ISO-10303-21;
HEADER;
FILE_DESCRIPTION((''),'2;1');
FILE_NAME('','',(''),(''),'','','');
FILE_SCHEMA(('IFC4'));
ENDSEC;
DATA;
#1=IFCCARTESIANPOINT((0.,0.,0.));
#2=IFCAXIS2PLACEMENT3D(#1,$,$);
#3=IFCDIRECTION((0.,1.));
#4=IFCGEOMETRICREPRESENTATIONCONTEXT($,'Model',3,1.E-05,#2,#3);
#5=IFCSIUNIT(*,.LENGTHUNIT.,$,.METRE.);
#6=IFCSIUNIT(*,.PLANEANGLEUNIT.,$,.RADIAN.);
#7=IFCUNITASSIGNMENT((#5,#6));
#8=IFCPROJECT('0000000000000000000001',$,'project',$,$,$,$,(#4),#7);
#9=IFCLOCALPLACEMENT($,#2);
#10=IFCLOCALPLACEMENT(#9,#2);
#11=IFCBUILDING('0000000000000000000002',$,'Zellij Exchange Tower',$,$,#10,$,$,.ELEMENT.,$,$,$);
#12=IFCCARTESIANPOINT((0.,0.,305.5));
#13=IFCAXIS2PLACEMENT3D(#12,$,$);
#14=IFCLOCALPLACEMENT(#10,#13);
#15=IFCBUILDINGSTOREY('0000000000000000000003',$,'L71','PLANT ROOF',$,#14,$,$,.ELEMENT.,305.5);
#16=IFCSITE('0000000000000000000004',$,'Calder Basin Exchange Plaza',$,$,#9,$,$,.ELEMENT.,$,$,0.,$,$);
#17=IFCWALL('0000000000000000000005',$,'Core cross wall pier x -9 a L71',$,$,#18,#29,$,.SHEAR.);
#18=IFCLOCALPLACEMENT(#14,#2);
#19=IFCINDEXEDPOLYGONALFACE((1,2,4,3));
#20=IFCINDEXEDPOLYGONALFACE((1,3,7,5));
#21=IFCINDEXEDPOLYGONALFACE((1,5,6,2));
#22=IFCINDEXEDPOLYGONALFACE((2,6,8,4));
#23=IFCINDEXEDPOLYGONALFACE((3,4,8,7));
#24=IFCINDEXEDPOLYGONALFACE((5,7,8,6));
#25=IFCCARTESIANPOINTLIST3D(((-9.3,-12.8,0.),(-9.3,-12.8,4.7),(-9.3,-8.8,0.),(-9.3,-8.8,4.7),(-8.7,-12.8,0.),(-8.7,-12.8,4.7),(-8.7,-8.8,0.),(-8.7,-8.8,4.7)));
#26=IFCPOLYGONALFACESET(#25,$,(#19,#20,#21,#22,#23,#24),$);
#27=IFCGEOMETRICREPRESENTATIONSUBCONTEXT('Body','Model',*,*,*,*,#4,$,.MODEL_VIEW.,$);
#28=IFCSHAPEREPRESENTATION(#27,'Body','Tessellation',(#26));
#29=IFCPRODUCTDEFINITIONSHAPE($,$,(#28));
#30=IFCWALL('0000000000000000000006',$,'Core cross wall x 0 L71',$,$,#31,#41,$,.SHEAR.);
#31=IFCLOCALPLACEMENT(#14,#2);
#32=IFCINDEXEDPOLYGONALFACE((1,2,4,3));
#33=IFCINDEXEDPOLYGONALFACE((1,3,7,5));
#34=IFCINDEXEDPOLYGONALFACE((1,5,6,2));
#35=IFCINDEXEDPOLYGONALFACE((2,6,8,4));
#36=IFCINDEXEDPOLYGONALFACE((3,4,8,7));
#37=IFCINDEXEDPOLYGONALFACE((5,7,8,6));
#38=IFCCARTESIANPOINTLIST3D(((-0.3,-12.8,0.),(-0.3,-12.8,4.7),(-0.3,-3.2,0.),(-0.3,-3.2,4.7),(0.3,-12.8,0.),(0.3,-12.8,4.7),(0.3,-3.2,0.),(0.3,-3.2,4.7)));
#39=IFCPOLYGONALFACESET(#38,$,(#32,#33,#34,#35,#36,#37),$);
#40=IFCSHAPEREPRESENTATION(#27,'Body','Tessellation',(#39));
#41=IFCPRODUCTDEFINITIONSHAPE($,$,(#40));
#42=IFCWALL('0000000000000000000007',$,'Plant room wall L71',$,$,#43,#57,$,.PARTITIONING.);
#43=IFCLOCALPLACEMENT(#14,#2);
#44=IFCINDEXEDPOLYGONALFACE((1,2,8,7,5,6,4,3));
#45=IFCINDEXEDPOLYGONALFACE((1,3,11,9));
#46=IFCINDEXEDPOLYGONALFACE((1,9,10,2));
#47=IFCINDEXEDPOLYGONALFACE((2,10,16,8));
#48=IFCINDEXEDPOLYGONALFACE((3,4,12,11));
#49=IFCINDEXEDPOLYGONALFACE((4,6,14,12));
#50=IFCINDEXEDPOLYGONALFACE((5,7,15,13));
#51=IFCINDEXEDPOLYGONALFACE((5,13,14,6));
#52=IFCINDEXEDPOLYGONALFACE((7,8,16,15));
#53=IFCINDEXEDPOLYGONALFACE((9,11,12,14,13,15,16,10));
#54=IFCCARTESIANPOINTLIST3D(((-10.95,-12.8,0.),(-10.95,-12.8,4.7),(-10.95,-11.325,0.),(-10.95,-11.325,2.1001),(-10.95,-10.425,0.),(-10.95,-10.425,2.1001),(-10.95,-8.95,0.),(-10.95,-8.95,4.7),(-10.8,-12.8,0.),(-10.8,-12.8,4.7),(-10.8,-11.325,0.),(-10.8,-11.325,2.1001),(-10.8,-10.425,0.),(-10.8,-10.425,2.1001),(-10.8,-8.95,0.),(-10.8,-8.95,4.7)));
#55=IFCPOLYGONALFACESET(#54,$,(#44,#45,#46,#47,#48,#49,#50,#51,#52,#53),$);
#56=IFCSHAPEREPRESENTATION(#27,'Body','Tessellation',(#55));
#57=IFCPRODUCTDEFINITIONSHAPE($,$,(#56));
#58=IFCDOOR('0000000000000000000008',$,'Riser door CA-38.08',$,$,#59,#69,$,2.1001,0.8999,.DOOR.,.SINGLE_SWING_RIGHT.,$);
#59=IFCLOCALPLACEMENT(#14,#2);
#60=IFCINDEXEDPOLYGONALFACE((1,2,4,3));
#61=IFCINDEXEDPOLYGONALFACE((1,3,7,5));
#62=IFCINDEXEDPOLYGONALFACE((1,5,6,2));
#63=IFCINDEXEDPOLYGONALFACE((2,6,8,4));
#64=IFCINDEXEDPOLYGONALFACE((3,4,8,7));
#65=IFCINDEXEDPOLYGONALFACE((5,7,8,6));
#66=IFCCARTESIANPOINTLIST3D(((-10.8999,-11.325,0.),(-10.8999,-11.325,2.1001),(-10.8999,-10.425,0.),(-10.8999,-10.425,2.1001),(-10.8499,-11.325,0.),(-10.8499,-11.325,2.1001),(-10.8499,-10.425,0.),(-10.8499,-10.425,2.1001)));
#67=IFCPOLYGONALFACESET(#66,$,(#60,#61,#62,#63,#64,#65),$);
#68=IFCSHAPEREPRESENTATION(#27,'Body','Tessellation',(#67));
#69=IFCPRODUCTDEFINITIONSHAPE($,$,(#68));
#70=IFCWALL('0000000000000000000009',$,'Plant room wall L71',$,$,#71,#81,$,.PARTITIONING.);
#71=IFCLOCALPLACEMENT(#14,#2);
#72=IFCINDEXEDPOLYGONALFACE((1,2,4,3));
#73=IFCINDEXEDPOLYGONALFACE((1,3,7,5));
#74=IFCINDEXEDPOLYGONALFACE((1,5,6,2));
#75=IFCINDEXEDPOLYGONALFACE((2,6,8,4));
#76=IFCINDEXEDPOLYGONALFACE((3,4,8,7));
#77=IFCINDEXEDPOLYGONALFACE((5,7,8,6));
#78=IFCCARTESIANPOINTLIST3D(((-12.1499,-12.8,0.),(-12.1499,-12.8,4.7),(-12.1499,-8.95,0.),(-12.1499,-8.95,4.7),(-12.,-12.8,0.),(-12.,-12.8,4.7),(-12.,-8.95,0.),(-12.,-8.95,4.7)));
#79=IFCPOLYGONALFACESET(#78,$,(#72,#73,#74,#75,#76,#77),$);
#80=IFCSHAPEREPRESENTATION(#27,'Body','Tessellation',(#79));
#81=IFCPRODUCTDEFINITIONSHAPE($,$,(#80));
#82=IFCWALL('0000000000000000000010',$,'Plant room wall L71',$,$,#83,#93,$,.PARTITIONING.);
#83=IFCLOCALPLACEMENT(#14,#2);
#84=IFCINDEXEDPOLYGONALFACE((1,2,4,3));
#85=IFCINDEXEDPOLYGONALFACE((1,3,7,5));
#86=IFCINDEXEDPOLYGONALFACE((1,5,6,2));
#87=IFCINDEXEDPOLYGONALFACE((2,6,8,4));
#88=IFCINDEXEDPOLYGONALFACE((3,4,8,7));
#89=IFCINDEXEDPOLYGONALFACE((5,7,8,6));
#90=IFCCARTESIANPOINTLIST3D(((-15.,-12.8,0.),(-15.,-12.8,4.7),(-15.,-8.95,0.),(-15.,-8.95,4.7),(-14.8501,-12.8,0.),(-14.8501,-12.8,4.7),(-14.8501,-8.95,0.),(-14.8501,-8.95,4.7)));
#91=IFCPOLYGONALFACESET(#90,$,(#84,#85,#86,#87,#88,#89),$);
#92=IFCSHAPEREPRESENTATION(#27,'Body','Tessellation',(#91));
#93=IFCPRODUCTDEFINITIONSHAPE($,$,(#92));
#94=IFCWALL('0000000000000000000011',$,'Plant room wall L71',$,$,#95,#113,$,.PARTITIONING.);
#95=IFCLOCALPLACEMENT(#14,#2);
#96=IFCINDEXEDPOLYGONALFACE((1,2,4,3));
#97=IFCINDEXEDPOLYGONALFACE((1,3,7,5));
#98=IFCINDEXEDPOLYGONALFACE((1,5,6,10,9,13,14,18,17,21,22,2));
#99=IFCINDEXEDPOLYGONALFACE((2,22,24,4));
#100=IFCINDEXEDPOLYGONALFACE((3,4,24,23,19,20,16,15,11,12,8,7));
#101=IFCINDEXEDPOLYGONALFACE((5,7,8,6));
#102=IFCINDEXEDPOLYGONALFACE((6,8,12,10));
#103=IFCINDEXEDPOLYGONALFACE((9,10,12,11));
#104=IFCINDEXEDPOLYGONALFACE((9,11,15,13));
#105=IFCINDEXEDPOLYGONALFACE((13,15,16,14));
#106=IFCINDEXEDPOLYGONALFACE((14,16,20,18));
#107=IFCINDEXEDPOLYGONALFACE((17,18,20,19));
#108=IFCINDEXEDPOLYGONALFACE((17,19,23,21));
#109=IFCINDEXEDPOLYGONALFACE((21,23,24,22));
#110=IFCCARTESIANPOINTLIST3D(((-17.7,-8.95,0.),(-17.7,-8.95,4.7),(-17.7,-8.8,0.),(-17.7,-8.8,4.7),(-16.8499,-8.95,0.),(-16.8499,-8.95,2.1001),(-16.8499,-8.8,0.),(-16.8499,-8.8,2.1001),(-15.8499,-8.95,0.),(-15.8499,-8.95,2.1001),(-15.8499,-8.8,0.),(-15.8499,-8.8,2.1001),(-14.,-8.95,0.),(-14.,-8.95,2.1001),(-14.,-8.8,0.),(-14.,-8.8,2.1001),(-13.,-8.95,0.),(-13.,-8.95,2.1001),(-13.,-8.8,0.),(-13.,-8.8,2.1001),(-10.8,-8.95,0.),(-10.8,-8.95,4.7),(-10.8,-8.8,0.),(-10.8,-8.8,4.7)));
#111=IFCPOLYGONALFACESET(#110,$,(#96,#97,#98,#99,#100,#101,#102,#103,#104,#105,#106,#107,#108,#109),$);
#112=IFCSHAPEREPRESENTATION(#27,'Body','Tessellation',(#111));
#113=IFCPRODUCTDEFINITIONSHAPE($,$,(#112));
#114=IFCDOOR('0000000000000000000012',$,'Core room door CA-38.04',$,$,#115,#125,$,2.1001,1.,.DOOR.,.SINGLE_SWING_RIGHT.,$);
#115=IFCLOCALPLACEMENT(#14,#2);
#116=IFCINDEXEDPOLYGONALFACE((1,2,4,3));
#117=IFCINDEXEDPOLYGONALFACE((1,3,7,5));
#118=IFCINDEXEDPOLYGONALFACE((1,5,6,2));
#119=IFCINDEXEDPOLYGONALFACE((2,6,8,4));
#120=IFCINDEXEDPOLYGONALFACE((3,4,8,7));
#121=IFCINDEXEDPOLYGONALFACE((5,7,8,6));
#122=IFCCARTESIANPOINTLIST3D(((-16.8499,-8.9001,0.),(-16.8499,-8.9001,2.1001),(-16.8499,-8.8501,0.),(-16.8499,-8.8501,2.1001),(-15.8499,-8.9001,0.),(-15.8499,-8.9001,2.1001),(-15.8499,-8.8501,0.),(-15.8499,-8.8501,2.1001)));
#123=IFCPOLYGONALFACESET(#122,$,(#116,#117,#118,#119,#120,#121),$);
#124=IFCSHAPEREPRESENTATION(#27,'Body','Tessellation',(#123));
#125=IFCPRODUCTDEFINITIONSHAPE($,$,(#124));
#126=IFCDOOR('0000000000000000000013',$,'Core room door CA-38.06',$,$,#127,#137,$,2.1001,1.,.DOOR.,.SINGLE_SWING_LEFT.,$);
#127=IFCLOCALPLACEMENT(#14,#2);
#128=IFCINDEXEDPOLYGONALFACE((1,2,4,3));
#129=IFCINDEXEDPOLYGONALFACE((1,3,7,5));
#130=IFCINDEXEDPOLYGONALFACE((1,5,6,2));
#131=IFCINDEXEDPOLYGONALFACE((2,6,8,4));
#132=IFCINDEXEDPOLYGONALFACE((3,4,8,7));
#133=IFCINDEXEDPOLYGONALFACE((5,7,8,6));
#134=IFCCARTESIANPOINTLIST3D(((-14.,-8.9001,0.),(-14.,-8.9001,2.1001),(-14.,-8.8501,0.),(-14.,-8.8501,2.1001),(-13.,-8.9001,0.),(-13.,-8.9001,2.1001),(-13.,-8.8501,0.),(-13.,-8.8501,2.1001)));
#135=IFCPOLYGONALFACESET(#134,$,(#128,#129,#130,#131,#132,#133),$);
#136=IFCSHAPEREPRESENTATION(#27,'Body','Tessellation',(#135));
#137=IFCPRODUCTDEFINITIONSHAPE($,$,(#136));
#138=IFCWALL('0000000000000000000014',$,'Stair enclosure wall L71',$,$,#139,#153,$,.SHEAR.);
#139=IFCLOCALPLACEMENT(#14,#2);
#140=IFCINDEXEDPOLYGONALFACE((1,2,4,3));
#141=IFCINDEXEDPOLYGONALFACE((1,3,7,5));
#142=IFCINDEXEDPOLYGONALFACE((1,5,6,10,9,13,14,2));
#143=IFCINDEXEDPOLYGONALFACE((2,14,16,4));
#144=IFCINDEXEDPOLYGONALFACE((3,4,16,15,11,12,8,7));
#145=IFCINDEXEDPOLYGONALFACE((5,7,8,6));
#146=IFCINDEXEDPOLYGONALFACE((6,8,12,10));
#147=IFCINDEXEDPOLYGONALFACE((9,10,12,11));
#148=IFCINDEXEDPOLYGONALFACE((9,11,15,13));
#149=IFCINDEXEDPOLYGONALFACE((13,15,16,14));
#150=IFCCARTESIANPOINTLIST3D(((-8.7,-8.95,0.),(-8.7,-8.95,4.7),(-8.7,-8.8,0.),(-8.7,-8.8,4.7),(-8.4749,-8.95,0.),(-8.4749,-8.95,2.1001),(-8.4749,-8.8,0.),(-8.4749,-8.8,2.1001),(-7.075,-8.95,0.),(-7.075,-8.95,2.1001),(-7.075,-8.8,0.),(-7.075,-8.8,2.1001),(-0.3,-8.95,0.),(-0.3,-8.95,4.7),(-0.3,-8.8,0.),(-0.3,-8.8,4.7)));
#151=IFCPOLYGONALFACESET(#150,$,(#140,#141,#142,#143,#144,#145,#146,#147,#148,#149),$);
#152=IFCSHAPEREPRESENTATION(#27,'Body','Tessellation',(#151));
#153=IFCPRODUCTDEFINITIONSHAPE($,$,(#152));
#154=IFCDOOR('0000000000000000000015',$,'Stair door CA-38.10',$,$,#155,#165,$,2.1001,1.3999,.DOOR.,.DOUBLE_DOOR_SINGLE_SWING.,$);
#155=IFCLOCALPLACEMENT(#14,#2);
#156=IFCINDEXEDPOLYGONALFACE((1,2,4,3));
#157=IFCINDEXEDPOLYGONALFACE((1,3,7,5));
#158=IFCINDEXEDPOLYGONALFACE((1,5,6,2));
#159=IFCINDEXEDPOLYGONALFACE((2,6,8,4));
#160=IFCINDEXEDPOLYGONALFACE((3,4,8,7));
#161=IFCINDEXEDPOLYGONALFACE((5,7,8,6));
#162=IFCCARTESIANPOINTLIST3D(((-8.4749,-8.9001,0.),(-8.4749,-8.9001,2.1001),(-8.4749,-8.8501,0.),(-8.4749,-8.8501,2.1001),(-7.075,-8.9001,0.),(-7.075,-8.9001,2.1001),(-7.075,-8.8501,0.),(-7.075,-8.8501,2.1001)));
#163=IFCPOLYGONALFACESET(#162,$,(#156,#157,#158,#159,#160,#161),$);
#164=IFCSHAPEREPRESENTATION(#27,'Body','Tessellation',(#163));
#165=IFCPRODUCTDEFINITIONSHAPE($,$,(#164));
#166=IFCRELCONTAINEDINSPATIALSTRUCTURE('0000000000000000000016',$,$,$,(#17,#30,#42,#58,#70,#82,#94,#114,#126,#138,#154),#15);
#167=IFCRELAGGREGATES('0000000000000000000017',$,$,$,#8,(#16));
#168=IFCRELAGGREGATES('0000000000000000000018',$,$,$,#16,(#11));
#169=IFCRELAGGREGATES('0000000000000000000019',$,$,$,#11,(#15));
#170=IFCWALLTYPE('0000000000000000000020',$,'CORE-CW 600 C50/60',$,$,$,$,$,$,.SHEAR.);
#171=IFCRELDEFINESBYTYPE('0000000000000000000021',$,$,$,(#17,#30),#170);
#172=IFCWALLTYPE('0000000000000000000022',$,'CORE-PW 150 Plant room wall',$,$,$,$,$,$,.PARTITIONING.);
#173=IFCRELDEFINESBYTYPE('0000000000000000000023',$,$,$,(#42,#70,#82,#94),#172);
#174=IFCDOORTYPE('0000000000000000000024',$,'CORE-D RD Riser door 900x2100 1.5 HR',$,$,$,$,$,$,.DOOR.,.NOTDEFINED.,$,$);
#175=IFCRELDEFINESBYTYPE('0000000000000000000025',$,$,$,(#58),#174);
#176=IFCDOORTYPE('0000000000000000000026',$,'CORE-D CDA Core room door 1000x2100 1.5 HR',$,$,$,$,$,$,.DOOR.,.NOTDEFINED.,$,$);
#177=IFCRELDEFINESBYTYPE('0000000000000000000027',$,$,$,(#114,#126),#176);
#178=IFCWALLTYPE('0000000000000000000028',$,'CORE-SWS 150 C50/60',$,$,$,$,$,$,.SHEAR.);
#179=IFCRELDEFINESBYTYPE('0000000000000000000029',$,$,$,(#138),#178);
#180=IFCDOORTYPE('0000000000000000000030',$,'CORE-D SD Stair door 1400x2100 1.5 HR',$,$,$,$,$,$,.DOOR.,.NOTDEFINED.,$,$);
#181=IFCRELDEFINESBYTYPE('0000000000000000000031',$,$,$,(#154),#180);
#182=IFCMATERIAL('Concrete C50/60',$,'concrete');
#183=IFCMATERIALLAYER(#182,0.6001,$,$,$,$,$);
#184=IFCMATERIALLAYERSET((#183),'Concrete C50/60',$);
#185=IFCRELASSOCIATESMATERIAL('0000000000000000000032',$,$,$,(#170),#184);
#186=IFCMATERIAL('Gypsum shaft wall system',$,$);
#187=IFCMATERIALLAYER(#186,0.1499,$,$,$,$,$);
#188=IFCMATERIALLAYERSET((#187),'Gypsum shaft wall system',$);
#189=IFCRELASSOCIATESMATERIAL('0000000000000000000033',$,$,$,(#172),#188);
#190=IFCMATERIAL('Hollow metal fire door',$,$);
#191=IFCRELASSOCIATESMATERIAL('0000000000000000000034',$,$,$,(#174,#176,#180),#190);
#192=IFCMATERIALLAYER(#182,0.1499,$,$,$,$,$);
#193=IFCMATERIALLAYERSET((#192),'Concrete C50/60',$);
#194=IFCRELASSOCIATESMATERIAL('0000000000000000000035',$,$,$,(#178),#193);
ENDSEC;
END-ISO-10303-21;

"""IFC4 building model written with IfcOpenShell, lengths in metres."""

from ifc_helpers import new_model, si_unit, direction, frame, frame_2d, origin, place, context, subcontext, project, spatial, rectangle, extrude, material, layer, layer_set, type_object, element, fill, save


model = new_model("IFC4")

# Units and contexts
model_context = context("Model", 3, precision=1e-05, world=origin(), true_north=direction((0.0, 1.0)))
body_context = subcontext(model_context, "Body", "Model", "MODEL_VIEW")
ifc_project = project(units=[si_unit("LENGTHUNIT", "METRE"), si_unit("PLANEANGLEUNIT", "RADIAN")], contexts=[model_context])

# Site, building, storey
site_placement = place(None, origin())
site = spatial("IfcSite", under=ifc_project, at=site_placement, Name="Calder Basin Exchange Plaza", CompositionType="ELEMENT", RefElevation=0.0)
building_placement = place(site_placement, origin())
building = spatial("IfcBuilding", under=site, at=building_placement, Name="Zellij Exchange Tower", CompositionType="ELEMENT")
storey_placement = place(building_placement, frame((0.0, 0.0, 305.5)))
storey = spatial("IfcBuildingStorey", under=building, at=storey_placement, Name="L71", Description="PLANT ROOF", CompositionType="ELEMENT", Elevation=305.5)

# Walls
ifc_material_1 = material(Name="Concrete C50/60", Category="concrete")
ifc_layer_1 = layer(ifc_material_1, 0.6001)
ifc_layer_set_1 = layer_set([ifc_layer_1], Name="Concrete C50/60")
wall_type_1 = type_object("IfcWallType", Name="CORE-CW 600 C50/60", PredefinedType="SHEAR", material=ifc_layer_set_1)
wall_1_placement = place(storey_placement, frame((-9.0, -12.8, 0.0), z_axis=(0.0, 0.0, 1.0), x_axis=(0.0, 1.0, 0.0)))
element("IfcWall", 1, at=wall_1_placement, inside=storey, type_object=wall_type_1, Name="Core cross wall pier x -9 a L71", PredefinedType="SHEAR", context=body_context, shape_type="SweptSolid", body=[
    extrude(rectangle(XDim=4.0, YDim=0.6001, at=frame_2d((2.0, 0.0))), origin(), (0.0, 0.0, 1.0), 4.7),
])
wall_2_placement = place(storey_placement, frame((0.0, -12.8, 0.0), z_axis=(0.0, 0.0, 1.0), x_axis=(0.0, 1.0, 0.0)))
element("IfcWall", 2, at=wall_2_placement, inside=storey, type_object=wall_type_1, Name="Core cross wall x 0 L71", PredefinedType="SHEAR", context=body_context, shape_type="SweptSolid", body=[
    extrude(rectangle(XDim=9.6001, YDim=0.6001, at=frame_2d((4.8, 0.0))), origin(), (0.0, 0.0, 1.0), 4.7),
])

# Wall, opening, door
ifc_material_2 = material(Name="Gypsum shaft wall system")
ifc_layer_2 = layer(ifc_material_2, 0.1499)
ifc_layer_set_2 = layer_set([ifc_layer_2], Name="Gypsum shaft wall system")
wall_type_2 = type_object("IfcWallType", Name="CORE-PW 150 Plant room wall", PredefinedType="PARTITIONING", material=ifc_layer_set_2)
wall_3_placement = place(storey_placement, frame((-10.875, -12.8, 0.0), z_axis=(0.0, 0.0, 1.0), x_axis=(0.0, 1.0, 0.0)))
wall_3 = element("IfcWall", 3, at=wall_3_placement, inside=storey, type_object=wall_type_2, Name="Plant room wall L71", PredefinedType="PARTITIONING", context=body_context, shape_type="SweptSolid", body=[
    extrude(rectangle(XDim=3.8501, YDim=0.1499, at=frame_2d((1.925, 0.0))), origin(), (0.0, 0.0, 1.0), 4.7),
])
opening_1_placement = place(wall_3_placement, frame((1.4751, 0.0, 0.0)))
opening_1 = element("IfcOpeningElement", 4, at=opening_1_placement, cuts=wall_3, PredefinedType="OPENING", context=body_context, shape_type="SweptSolid", body=[
    extrude(rectangle(XDim=0.8999, YDim=2.1001, at=frame_2d((0.45, 1.05))), frame((0.0, 0.0869, 0.0), z_axis=(0.0, -1.0, 0.0), x_axis=(1.0, 0.0, 0.0)), (0.0, 0.0, 1.0), 0.1738),
])
ifc_material_3 = material(Name="Hollow metal fire door")
door_type_1 = type_object("IfcDoorType", Name="CORE-D RD Riser door 900x2100 1.5 HR", OperationType="NOTDEFINED", PredefinedType="DOOR", material=ifc_material_3)
door_1_placement = place(opening_1_placement, origin())
door_1 = element("IfcDoor", 5, at=door_1_placement, inside=storey, type_object=door_type_1, Name="Riser door CA-38.08", OperationType="SINGLE_SWING_RIGHT", OverallHeight=2.1001, OverallWidth=0.8999, PredefinedType="DOOR", context=body_context, shape_type="SweptSolid", body=[
    extrude(rectangle(XDim=0.8999, YDim=2.1001, at=frame_2d((0.45, 1.05))), frame((0.0, 0.0249, 0.0), z_axis=(0.0, -1.0, 0.0), x_axis=(1.0, 0.0, 0.0)), (0.0, 0.0, 1.0), 0.05),
])
fill(opening_1, door_1)

# Walls
for number, where, z_axis, x_axis, name in (
    (6, (-12.075, -12.8, 0.0), (0.0, 0.0, 1.0), (0.0, 1.0, 0.0), "Plant room wall L71"),
    (7, (-14.925, -12.8, 0.0), (0.0, 0.0, 1.0), (0.0, 1.0, 0.0), "Plant room wall L71"),
):
    element("IfcWall", number, at=place(storey_placement, frame(where, z_axis=z_axis, x_axis=x_axis)), inside=storey, type_object=wall_type_2, Name=name, PredefinedType="PARTITIONING", context=body_context, shape_type="SweptSolid", body=[
        extrude(rectangle(XDim=3.8501, YDim=0.1499, at=frame_2d((1.925, 0.0))), origin(), (0.0, 0.0, 1.0), 4.7),
    ])

# Wall, openings, doors
wall_4_placement = place(storey_placement, frame((-17.7, -8.875, 0.0), z_axis=(0.0, 0.0, 1.0), x_axis=(1.0, 0.0, 0.0)))
wall_4 = element("IfcWall", 8, at=wall_4_placement, inside=storey, type_object=wall_type_2, Name="Plant room wall L71", PredefinedType="PARTITIONING", context=body_context, shape_type="SweptSolid", body=[
    extrude(rectangle(XDim=6.8999, YDim=0.1499, at=frame_2d((3.45, 0.0))), origin(), (0.0, 0.0, 1.0), 4.7),
])
opening_2_placement = place(wall_4_placement, frame((0.8501, 0.0, 0.0)))
opening_2 = element("IfcOpeningElement", 9, at=opening_2_placement, cuts=wall_4, PredefinedType="OPENING", context=body_context, shape_type="SweptSolid", body=[
    extrude(rectangle(XDim=1.0, YDim=2.1001, at=frame_2d((0.5, 1.05))), frame((0.0, 0.0869, 0.0), z_axis=(0.0, -1.0, 0.0), x_axis=(1.0, 0.0, 0.0)), (0.0, 0.0, 1.0), 0.1738),
])
opening_3_placement = place(wall_4_placement, frame((3.7, 0.0, 0.0)))
opening_3 = element("IfcOpeningElement", 10, at=opening_3_placement, cuts=wall_4, PredefinedType="OPENING", context=body_context, shape_type="SweptSolid", body=[
    extrude(rectangle(XDim=1.0, YDim=2.1001, at=frame_2d((0.5, 1.05))), frame((0.0, 0.0869, 0.0), z_axis=(0.0, -1.0, 0.0), x_axis=(1.0, 0.0, 0.0)), (0.0, 0.0, 1.0), 0.1738),
])
door_type_2 = type_object("IfcDoorType", Name="CORE-D CDA Core room door 1000x2100 1.5 HR", OperationType="NOTDEFINED", PredefinedType="DOOR", material=ifc_material_3)
door_2_placement = place(opening_2_placement, origin())
door_2 = element("IfcDoor", 11, at=door_2_placement, inside=storey, type_object=door_type_2, Name="Core room door CA-38.04", OperationType="SINGLE_SWING_RIGHT", OverallHeight=2.1001, OverallWidth=1.0, PredefinedType="DOOR", context=body_context, shape_type="SweptSolid", body=[
    extrude(rectangle(XDim=1.0, YDim=2.1001, at=frame_2d((0.5, 1.05))), frame((0.0, 0.0249, 0.0), z_axis=(0.0, -1.0, 0.0), x_axis=(1.0, 0.0, 0.0)), (0.0, 0.0, 1.0), 0.05),
])
fill(opening_2, door_2)
door_3_placement = place(opening_3_placement, origin())
door_3 = element("IfcDoor", 12, at=door_3_placement, inside=storey, type_object=door_type_2, Name="Core room door CA-38.06", OperationType="SINGLE_SWING_LEFT", OverallHeight=2.1001, OverallWidth=1.0, PredefinedType="DOOR", context=body_context, shape_type="SweptSolid", body=[
    extrude(rectangle(XDim=1.0, YDim=2.1001, at=frame_2d((0.5, 1.05))), frame((0.0, 0.0249, 0.0), z_axis=(0.0, -1.0, 0.0), x_axis=(1.0, 0.0, 0.0)), (0.0, 0.0, 1.0), 0.05),
])
fill(opening_3, door_3)

# Wall, opening, door
ifc_layer_3 = layer(ifc_material_1, 0.1499)
ifc_layer_set_3 = layer_set([ifc_layer_3], Name="Concrete C50/60")
wall_type_3 = type_object("IfcWallType", Name="CORE-SWS 150 C50/60", PredefinedType="SHEAR", material=ifc_layer_set_3)
wall_5_placement = place(storey_placement, frame((-8.7, -8.875, 0.0), z_axis=(0.0, 0.0, 1.0), x_axis=(1.0, 0.0, 0.0)))
wall_5 = element("IfcWall", 13, at=wall_5_placement, inside=storey, type_object=wall_type_3, Name="Stair enclosure wall L71", PredefinedType="SHEAR", context=body_context, shape_type="SweptSolid", body=[
    extrude(rectangle(XDim=8.3999, YDim=0.1499, at=frame_2d((4.2, 0.0))), origin(), (0.0, 0.0, 1.0), 4.7),
])
opening_4_placement = place(wall_5_placement, frame((0.2251, 0.0, 0.0)))
opening_4 = element("IfcOpeningElement", 14, at=opening_4_placement, cuts=wall_5, PredefinedType="OPENING", context=body_context, shape_type="SweptSolid", body=[
    extrude(rectangle(XDim=1.3999, YDim=2.1001, at=frame_2d((0.7, 1.05))), frame((0.0, 0.0869, 0.0), z_axis=(0.0, -1.0, 0.0), x_axis=(1.0, 0.0, 0.0)), (0.0, 0.0, 1.0), 0.1738),
])
door_type_3 = type_object("IfcDoorType", Name="CORE-D SD Stair door 1400x2100 1.5 HR", OperationType="NOTDEFINED", PredefinedType="DOOR", material=ifc_material_3)
door_4_placement = place(opening_4_placement, origin())
door_4 = element("IfcDoor", 15, at=door_4_placement, inside=storey, type_object=door_type_3, Name="Stair door CA-38.10", OperationType="DOUBLE_DOOR_SINGLE_SWING", OverallHeight=2.1001, OverallWidth=1.3999, PredefinedType="DOOR", context=body_context, shape_type="SweptSolid", body=[
    extrude(rectangle(XDim=1.3999, YDim=2.1001, at=frame_2d((0.7, 1.05))), frame((0.0, 0.0249, 0.0), z_axis=(0.0, -1.0, 0.0), x_axis=(1.0, 0.0, 0.0)), (0.0, 0.0, 1.0), 0.05),
])
fill(opening_4, door_4)

save(model, "model.ifc")
